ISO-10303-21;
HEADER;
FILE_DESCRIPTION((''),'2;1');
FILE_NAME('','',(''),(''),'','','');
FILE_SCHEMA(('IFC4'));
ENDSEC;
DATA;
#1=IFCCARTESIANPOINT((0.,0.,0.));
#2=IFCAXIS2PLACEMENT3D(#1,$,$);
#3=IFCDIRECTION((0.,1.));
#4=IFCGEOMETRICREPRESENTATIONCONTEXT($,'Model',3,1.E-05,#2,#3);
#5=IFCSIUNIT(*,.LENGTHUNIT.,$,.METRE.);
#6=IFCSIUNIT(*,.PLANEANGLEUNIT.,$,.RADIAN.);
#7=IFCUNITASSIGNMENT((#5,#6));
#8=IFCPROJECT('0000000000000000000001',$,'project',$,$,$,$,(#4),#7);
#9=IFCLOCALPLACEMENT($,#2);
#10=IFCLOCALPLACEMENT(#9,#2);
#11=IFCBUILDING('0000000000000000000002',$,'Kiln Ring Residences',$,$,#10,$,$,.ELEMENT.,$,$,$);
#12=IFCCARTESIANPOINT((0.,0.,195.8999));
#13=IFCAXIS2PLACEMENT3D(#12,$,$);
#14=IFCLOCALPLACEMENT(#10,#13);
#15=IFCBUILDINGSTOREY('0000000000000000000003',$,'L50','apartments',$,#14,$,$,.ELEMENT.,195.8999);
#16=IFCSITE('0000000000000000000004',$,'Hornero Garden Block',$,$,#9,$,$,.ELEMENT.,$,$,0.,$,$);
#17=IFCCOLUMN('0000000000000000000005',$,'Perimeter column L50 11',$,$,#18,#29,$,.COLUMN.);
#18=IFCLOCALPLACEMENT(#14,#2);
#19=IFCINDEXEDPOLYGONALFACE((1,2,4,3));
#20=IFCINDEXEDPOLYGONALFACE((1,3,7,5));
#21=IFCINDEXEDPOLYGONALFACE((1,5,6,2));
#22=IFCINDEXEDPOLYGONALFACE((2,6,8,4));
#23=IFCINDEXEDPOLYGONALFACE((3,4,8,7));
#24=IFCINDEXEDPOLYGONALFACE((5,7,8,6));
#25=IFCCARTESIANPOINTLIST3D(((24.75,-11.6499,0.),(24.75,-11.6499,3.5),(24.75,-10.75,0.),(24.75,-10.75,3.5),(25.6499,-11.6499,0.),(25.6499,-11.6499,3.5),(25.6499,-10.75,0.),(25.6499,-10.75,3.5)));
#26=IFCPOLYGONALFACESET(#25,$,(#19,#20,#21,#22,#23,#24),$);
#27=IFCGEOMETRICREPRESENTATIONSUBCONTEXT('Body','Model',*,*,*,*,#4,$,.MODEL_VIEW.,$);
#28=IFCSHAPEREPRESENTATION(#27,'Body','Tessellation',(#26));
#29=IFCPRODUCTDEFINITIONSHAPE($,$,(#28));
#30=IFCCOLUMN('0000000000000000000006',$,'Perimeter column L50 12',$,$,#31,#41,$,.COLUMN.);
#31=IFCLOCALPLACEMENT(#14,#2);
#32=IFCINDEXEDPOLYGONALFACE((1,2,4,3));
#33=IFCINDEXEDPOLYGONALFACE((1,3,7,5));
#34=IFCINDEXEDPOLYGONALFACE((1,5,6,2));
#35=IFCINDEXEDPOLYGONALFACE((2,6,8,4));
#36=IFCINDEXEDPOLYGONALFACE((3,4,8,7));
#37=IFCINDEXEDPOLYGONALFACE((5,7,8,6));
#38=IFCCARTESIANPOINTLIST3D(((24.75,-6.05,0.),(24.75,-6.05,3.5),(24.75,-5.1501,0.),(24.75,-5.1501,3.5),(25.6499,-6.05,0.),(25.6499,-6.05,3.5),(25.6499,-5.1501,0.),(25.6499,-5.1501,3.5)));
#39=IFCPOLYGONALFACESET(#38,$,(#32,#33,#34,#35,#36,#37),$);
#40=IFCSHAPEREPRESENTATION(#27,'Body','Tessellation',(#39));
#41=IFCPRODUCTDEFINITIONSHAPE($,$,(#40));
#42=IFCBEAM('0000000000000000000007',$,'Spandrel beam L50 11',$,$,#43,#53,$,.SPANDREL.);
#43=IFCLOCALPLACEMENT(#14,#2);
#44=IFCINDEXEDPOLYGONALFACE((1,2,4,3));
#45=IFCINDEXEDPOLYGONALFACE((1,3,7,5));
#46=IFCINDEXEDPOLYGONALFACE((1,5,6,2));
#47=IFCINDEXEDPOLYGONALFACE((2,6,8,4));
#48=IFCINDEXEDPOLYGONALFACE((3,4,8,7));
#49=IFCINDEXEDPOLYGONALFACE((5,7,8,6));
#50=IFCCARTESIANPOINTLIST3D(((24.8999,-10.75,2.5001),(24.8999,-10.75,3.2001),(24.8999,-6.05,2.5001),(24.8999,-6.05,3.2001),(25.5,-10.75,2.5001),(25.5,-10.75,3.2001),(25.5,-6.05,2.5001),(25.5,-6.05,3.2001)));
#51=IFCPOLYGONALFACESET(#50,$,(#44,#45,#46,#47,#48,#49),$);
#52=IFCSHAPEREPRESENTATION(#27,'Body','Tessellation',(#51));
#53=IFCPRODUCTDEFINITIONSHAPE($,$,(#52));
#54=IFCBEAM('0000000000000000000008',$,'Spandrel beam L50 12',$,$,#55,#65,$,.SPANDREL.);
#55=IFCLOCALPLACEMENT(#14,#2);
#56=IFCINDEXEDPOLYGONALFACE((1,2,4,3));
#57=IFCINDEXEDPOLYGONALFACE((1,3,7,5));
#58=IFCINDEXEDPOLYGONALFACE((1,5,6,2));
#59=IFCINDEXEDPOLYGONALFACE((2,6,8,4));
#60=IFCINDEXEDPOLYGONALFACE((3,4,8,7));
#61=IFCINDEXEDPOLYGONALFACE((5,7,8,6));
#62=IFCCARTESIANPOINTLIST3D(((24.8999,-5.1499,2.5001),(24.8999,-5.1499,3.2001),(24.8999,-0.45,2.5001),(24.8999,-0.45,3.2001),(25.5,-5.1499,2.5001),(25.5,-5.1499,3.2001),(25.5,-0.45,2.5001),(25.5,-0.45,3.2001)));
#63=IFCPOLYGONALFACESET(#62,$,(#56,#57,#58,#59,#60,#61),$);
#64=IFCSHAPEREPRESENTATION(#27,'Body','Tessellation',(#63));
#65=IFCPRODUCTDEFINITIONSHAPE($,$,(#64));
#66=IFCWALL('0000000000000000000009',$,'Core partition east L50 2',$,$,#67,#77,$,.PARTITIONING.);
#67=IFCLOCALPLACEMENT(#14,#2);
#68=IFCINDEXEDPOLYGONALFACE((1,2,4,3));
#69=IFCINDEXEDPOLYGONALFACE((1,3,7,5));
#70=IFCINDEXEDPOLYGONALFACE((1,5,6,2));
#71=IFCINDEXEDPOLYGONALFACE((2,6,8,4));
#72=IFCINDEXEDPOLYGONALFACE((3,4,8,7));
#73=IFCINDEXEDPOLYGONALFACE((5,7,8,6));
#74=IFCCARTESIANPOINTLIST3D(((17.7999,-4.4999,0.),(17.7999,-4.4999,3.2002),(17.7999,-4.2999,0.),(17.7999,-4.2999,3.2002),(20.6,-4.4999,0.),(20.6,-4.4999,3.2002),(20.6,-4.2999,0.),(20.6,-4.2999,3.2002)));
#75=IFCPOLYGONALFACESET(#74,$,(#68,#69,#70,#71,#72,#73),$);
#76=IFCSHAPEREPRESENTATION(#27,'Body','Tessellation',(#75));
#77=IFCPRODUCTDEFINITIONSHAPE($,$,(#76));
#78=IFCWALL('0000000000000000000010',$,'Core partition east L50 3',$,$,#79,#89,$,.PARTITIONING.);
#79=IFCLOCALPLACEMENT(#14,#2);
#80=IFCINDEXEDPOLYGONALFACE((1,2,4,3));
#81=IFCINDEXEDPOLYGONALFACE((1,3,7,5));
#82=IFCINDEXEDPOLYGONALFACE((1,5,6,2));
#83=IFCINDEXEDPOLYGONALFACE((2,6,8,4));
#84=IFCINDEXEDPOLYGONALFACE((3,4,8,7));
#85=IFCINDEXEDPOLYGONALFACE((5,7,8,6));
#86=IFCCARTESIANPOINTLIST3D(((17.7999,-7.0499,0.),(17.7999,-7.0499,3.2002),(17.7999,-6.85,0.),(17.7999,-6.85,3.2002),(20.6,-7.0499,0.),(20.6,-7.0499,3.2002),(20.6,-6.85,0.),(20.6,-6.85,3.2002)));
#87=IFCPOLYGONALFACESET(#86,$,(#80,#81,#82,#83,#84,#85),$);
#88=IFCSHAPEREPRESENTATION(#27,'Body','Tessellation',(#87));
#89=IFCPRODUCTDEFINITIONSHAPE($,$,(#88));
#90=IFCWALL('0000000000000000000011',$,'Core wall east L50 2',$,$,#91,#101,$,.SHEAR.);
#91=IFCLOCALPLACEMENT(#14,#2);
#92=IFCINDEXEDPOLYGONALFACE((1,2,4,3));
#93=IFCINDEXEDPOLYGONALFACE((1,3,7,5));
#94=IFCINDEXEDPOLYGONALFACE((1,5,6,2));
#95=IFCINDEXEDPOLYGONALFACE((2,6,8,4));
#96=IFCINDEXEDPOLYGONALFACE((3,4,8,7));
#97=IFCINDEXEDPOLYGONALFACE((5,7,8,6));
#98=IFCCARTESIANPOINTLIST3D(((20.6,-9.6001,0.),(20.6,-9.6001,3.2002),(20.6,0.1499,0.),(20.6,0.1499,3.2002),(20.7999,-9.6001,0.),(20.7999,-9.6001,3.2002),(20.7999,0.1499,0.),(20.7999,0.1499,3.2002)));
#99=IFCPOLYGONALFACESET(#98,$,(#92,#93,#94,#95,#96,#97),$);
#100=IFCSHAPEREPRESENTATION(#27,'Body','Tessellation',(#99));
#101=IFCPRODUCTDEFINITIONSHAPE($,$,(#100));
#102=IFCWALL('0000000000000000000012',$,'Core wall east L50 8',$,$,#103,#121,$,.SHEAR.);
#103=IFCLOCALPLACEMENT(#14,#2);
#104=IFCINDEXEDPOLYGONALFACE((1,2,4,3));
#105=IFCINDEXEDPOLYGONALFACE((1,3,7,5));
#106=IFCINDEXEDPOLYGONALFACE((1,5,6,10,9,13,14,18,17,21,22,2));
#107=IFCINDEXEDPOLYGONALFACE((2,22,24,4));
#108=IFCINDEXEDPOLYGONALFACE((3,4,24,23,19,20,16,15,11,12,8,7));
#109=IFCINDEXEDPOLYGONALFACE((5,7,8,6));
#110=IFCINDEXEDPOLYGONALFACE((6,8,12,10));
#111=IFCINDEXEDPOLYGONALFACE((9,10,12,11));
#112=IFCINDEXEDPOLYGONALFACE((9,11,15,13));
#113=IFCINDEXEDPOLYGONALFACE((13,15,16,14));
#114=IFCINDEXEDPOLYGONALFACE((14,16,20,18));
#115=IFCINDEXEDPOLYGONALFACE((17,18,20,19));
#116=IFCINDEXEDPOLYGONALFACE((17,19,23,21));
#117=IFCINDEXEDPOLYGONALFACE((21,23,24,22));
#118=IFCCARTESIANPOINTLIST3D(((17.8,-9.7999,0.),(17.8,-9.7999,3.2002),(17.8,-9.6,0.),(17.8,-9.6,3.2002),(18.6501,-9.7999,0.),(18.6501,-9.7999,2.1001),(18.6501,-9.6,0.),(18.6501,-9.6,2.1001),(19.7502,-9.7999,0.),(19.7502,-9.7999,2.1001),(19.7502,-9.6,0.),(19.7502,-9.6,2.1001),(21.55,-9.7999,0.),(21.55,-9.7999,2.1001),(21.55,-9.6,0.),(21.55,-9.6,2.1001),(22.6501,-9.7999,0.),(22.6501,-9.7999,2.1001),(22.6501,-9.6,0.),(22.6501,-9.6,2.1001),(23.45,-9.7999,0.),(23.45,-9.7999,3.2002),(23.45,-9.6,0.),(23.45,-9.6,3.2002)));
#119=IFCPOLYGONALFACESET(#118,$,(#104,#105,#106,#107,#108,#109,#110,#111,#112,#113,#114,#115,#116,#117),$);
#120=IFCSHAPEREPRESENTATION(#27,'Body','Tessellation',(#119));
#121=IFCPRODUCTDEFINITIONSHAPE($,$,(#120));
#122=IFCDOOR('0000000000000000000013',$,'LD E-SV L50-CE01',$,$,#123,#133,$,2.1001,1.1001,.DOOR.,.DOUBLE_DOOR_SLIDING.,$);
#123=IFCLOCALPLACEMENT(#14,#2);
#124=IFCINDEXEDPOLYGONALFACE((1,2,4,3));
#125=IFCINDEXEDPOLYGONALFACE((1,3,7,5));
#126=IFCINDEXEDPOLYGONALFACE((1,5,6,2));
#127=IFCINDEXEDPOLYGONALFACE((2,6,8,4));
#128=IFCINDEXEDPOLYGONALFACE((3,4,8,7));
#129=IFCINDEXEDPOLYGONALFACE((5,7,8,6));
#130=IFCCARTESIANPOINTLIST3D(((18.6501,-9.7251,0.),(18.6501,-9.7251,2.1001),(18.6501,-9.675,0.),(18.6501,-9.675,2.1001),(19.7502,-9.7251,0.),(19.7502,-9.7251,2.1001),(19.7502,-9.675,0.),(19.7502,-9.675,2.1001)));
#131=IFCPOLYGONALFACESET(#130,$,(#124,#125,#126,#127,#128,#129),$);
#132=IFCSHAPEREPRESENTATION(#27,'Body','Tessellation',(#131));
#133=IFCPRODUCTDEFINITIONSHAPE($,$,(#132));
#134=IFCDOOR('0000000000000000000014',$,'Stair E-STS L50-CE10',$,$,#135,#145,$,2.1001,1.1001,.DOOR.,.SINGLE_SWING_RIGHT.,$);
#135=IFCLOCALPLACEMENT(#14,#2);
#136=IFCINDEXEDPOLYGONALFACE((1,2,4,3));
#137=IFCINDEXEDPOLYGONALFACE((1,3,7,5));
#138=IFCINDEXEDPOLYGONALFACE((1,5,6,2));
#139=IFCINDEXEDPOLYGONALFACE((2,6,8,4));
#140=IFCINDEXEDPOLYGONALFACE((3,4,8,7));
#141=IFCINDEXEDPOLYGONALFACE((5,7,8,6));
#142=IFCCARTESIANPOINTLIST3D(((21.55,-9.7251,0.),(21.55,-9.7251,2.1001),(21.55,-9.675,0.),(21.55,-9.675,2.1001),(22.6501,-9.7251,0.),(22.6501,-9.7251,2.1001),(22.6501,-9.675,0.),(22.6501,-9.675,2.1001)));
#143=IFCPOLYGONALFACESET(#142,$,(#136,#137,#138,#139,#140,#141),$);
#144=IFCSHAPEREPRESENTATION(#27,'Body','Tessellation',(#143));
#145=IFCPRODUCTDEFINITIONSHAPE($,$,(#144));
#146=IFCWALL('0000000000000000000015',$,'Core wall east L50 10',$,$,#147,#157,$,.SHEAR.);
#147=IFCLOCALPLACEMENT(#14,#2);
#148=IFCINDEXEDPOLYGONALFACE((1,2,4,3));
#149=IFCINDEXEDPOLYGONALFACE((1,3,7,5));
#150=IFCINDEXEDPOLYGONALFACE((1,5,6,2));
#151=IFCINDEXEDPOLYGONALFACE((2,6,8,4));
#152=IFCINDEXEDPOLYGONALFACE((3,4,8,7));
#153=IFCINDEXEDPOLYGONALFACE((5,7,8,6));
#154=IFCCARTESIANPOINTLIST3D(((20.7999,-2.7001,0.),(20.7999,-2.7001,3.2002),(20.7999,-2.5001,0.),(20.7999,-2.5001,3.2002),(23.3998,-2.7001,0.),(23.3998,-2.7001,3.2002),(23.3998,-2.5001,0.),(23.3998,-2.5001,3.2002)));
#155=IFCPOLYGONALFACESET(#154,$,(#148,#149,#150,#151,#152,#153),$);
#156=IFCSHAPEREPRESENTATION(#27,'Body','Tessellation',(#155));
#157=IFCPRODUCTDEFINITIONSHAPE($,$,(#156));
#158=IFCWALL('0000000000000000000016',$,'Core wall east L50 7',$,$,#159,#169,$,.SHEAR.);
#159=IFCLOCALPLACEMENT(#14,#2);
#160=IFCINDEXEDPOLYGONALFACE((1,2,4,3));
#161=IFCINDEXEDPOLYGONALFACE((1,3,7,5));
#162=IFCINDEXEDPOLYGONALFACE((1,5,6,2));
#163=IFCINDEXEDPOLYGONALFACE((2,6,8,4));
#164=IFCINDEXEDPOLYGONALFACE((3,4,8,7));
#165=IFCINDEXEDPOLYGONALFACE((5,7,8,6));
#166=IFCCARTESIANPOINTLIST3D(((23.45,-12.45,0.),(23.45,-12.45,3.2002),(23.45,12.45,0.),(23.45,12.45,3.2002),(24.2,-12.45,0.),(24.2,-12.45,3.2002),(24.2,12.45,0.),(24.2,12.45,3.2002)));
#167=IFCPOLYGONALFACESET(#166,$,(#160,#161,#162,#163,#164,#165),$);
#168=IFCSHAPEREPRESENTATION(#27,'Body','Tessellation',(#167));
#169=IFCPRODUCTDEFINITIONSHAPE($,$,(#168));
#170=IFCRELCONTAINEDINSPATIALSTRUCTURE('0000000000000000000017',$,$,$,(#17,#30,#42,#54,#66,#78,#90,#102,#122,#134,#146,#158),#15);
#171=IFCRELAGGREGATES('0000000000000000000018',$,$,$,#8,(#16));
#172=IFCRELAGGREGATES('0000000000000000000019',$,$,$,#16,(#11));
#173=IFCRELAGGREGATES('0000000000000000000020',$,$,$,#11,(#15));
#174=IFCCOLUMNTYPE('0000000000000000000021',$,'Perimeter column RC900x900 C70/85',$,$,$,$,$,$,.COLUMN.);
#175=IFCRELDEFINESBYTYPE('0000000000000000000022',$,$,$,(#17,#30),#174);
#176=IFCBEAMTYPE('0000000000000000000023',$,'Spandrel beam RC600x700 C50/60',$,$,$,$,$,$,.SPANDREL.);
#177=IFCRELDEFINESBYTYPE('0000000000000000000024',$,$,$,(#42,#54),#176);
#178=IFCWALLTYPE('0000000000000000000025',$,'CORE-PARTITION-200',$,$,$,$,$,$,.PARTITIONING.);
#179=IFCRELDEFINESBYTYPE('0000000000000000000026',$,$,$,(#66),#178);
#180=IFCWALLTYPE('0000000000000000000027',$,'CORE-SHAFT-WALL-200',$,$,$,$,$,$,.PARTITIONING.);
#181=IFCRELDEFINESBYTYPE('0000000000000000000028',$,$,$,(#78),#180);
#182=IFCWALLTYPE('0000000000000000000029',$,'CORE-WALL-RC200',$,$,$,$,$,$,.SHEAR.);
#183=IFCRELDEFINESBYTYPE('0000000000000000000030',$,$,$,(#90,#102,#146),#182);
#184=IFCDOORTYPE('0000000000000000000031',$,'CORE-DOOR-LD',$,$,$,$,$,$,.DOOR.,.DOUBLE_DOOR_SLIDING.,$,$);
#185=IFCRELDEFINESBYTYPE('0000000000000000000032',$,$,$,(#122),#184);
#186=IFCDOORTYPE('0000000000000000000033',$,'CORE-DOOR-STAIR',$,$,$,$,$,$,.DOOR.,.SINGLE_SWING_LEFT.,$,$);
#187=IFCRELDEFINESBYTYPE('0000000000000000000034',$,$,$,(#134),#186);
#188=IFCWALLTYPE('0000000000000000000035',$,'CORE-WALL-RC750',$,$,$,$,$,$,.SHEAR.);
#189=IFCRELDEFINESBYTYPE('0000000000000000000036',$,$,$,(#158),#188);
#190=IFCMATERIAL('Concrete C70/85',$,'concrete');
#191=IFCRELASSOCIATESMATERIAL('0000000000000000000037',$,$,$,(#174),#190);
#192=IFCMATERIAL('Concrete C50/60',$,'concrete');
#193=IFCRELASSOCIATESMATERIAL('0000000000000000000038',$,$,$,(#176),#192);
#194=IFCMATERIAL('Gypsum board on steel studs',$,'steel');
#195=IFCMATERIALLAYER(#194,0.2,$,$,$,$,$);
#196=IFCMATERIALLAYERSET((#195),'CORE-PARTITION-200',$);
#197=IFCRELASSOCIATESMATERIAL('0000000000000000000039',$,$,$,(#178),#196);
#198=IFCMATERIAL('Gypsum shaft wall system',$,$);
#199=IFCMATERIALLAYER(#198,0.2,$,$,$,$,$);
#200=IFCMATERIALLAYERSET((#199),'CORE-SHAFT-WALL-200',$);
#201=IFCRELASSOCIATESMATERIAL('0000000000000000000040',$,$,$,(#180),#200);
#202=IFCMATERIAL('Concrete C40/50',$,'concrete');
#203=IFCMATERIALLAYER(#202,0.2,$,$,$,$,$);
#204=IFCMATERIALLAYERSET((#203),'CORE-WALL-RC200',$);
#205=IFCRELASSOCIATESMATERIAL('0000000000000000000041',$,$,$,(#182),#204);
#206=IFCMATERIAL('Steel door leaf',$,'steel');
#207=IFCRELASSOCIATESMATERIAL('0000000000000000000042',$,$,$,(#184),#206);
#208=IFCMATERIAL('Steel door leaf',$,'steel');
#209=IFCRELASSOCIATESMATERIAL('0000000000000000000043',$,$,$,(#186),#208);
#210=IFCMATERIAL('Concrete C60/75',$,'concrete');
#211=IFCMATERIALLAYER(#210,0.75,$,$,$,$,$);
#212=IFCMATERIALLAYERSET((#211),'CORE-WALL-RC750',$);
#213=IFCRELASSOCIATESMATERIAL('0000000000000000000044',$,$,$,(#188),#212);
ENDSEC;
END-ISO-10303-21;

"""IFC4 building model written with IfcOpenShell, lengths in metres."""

from ifc_helpers import new_model, si_unit, direction, frame, frame_2d, origin, origin_2d, place, context, subcontext, project, spatial, rectangle, extrude, material, layer, layer_set, material_profile, profile_set, type_object, element, fill, save


model = new_model("IFC4")

# Units and contexts
model_context = context("Model", 3, precision=1e-05, world=origin(), true_north=direction((0.0, 1.0)))
body_context = subcontext(model_context, "Body", "Model", "MODEL_VIEW")
ifc_project = project(units=[si_unit("LENGTHUNIT", "METRE"), si_unit("PLANEANGLEUNIT", "RADIAN")], contexts=[model_context])

# Site, building, storey
site_placement = place(None, origin())
site = spatial("IfcSite", under=ifc_project, at=site_placement, Name="Hornero Garden Block", CompositionType="ELEMENT", RefElevation=0.0)
building_placement = place(site_placement, origin())
building = spatial("IfcBuilding", under=site, at=building_placement, Name="Kiln Ring Residences", CompositionType="ELEMENT")
storey_placement = place(building_placement, frame((0.0, 0.0, 195.8999)))
storey = spatial("IfcBuildingStorey", under=building, at=storey_placement, Name="L50", Description="apartments", CompositionType="ELEMENT", Elevation=195.8999)

# Columns
ifc_material_1 = material(Name="Concrete C70/85", Category="concrete")
ifc_material_profile_1 = material_profile(ifc_material_1, rectangle(XDim=0.8999, YDim=0.8999, at=origin_2d()), Name="RC900x900")
ifc_profile_set_1 = profile_set([ifc_material_profile_1], Name="Concrete C70/85")
column_type = type_object("IfcColumnType", Name="Perimeter column RC900x900 C70/85", PredefinedType="COLUMN", material=ifc_profile_set_1)
for number, where, z_axis, x_axis, name in (
    (1, (25.2, -11.2, 0.0), (0.0, 0.0, 1.0), (1.0, 0.0, 0.0), "Perimeter column L50 11"),
    (2, (25.2, -5.6001, 0.0), (0.0, 0.0, 1.0), (1.0, 0.0, 0.0), "Perimeter column L50 12"),
):
    element("IfcColumn", number, at=place(storey_placement, frame(where, z_axis=z_axis, x_axis=x_axis)), inside=storey, type_object=column_type, Name=name, PredefinedType="COLUMN", context=body_context, shape_type="SweptSolid", body=[
        extrude(rectangle(XDim=0.8999, YDim=0.8999, at=origin_2d()), origin(), (0.0, 0.0, 1.0), 3.5),
    ])

# Beams
ifc_material_2 = material(Name="Concrete C50/60", Category="concrete")
ifc_material_profile_2 = material_profile(ifc_material_2, rectangle(XDim=0.6001, YDim=0.7, at=origin_2d()), Name="RC600x700")
ifc_profile_set_2 = profile_set([ifc_material_profile_2], Name="Concrete C50/60")
beam_type = type_object("IfcBeamType", Name="Spandrel beam RC600x700 C50/60", PredefinedType="SPANDREL", material=ifc_profile_set_2)
for number, where, z_axis, x_axis, name in (
    (3, (25.2, -10.75, 2.8501), (0.0, 1.0, 0.0), (-1.0, 0.0, 0.0), "Spandrel beam L50 11"),
    (4, (25.2, -5.1499, 2.8501), (0.0, 1.0, 0.0), (-1.0, 0.0, 0.0), "Spandrel beam L50 12"),
):
    element("IfcBeam", number, at=place(storey_placement, frame(where, z_axis=z_axis, x_axis=x_axis)), inside=storey, type_object=beam_type, Name=name, PredefinedType="SPANDREL", context=body_context, shape_type="SweptSolid", body=[
        extrude(rectangle(XDim=0.6001, YDim=0.7, at=origin_2d()), origin(), (0.0, 0.0, 1.0), 4.7),
    ])

# Walls
ifc_material_3 = material(Name="Gypsum board on steel studs", Category="steel")
ifc_layer_1 = layer(ifc_material_3, 0.2)
ifc_layer_set_1 = layer_set([ifc_layer_1], Name="CORE-PARTITION-200")
wall_type_1 = type_object("IfcWallType", Name="CORE-PARTITION-200", PredefinedType="PARTITIONING", material=ifc_layer_set_1)
wall_1_placement = place(storey_placement, frame((17.8, -4.3999, 0.0), z_axis=(0.0, 0.0, 1.0), x_axis=(1.0, 0.0, 0.0)))
element("IfcWall", 5, at=wall_1_placement, inside=storey, type_object=wall_type_1, Name="Core partition east L50 2", PredefinedType="PARTITIONING", context=body_context, shape_type="SweptSolid", body=[
    extrude(rectangle(XDim=2.8, YDim=0.2, at=frame_2d((1.3999, 0.0))), origin(), (0.0, 0.0, 1.0), 3.2002),
])
ifc_material_4 = material(Name="Gypsum shaft wall system")
ifc_layer_2 = layer(ifc_material_4, 0.2)
ifc_layer_set_2 = layer_set([ifc_layer_2], Name="CORE-SHAFT-WALL-200")
wall_type_2 = type_object("IfcWallType", Name="CORE-SHAFT-WALL-200", PredefinedType="PARTITIONING", material=ifc_layer_set_2)
wall_2_placement = place(storey_placement, frame((17.8, -6.95, 0.0), z_axis=(0.0, 0.0, 1.0), x_axis=(1.0, 0.0, 0.0)))
element("IfcWall", 6, at=wall_2_placement, inside=storey, type_object=wall_type_2, Name="Core partition east L50 3", PredefinedType="PARTITIONING", context=body_context, shape_type="SweptSolid", body=[
    extrude(rectangle(XDim=2.8, YDim=0.2, at=frame_2d((1.3999, 0.0))), origin(), (0.0, 0.0, 1.0), 3.2002),
])
ifc_material_5 = material(Name="Concrete C40/50", Category="concrete")
ifc_layer_3 = layer(ifc_material_5, 0.2)
ifc_layer_set_3 = layer_set([ifc_layer_3], Name="CORE-WALL-RC200")
wall_type_3 = type_object("IfcWallType", Name="CORE-WALL-RC200", PredefinedType="SHEAR", material=ifc_layer_set_3)
wall_3_placement = place(storey_placement, frame((20.7, -9.6001, 0.0), z_axis=(0.0, 0.0, 1.0), x_axis=(0.0, 1.0, 0.0)))
element("IfcWall", 7, at=wall_3_placement, inside=storey, type_object=wall_type_3, Name="Core wall east L50 2", PredefinedType="SHEAR", context=body_context, shape_type="SweptSolid", body=[
    extrude(rectangle(XDim=9.75, YDim=0.2, at=frame_2d((4.875, 0.0))), origin(), (0.0, 0.0, 1.0), 3.2002),
])

# Wall, openings, doors
wall_4_placement = place(storey_placement, frame((17.8, -9.7, 0.0), z_axis=(0.0, 0.0, 1.0), x_axis=(1.0, 0.0, 0.0)))
wall_4 = element("IfcWall", 8, at=wall_4_placement, inside=storey, type_object=wall_type_3, Name="Core wall east L50 8", PredefinedType="SHEAR", context=body_context, shape_type="SweptSolid", body=[
    extrude(rectangle(XDim=5.6499, YDim=0.2, at=frame_2d((2.825, 0.0))), origin(), (0.0, 0.0, 1.0), 3.2002),
])
opening_1_placement = place(wall_4_placement, frame((0.8501, 0.0, 0.0)))
opening_1 = element("IfcOpeningElement", 9, at=opening_1_placement, cuts=wall_4, PredefinedType="OPENING", context=body_context, shape_type="SweptSolid", body=[
    extrude(rectangle(XDim=1.1001, YDim=2.1001, at=frame_2d((0.55, 1.05))), frame((0.0, 0.1099, 0.0), z_axis=(0.0, -1.0, 0.0), x_axis=(1.0, 0.0, 0.0)), (0.0, 0.0, 1.0), 0.22),
])
opening_2_placement = place(wall_4_placement, frame((3.75, 0.0, 0.0)))
opening_2 = element("IfcOpeningElement", 10, at=opening_2_placement, cuts=wall_4, PredefinedType="OPENING", context=body_context, shape_type="SweptSolid", body=[
    extrude(rectangle(XDim=1.1001, YDim=2.1001, at=frame_2d((0.55, 1.05))), frame((0.0, 0.1099, 0.0), z_axis=(0.0, -1.0, 0.0), x_axis=(1.0, 0.0, 0.0)), (0.0, 0.0, 1.0), 0.22),
])
ifc_material_6 = material(Name="Steel door leaf", Category="steel")
door_type_1 = type_object("IfcDoorType", Name="CORE-DOOR-LD", OperationType="DOUBLE_DOOR_SLIDING", PredefinedType="DOOR", material=ifc_material_6)
door_1_placement = place(opening_1_placement, origin())
door_1 = element("IfcDoor", 11, at=door_1_placement, inside=storey, type_object=door_type_1, Name="LD E-SV L50-CE01", OperationType="DOUBLE_DOOR_SLIDING", OverallHeight=2.1001, OverallWidth=1.1001, PredefinedType="DOOR", context=body_context, shape_type="SweptSolid", body=[
    extrude(rectangle(XDim=1.1001, YDim=2.1001, at=frame_2d((0.55, 1.05))), frame((0.0, 0.0249, 0.0), z_axis=(0.0, -1.0, 0.0), x_axis=(1.0, 0.0, 0.0)), (0.0, 0.0, 1.0), 0.05),
])
fill(opening_1, door_1)
ifc_material_7 = material(Name="Steel door leaf", Category="steel")
door_type_2 = type_object("IfcDoorType", Name="CORE-DOOR-STAIR", OperationType="SINGLE_SWING_LEFT", PredefinedType="DOOR", material=ifc_material_7)
door_2_placement = place(opening_2_placement, origin())
door_2 = element("IfcDoor", 12, at=door_2_placement, inside=storey, type_object=door_type_2, Name="Stair E-STS L50-CE10", OperationType="SINGLE_SWING_RIGHT", OverallHeight=2.1001, OverallWidth=1.1001, PredefinedType="DOOR", context=body_context, shape_type="SweptSolid", body=[
    extrude(rectangle(XDim=1.1001, YDim=2.1001, at=frame_2d((0.55, 1.05))), frame((0.0, 0.0249, 0.0), z_axis=(0.0, -1.0, 0.0), x_axis=(1.0, 0.0, 0.0)), (0.0, 0.0, 1.0), 0.05),
])
fill(opening_2, door_2)

# Walls
wall_5_placement = place(storey_placement, frame((20.8, -2.6001, 0.0), z_axis=(0.0, 0.0, 1.0), x_axis=(1.0, 0.0, 0.0)))
element("IfcWall", 13, at=wall_5_placement, inside=storey, type_object=wall_type_3, Name="Core wall east L50 10", PredefinedType="SHEAR", context=body_context, shape_type="SweptSolid", body=[
    extrude(rectangle(XDim=2.5999, YDim=0.2, at=frame_2d((1.2998, 0.0))), origin(), (0.0, 0.0, 1.0), 3.2002),
])
ifc_material_8 = material(Name="Concrete C60/75", Category="concrete")
ifc_layer_4 = layer(ifc_material_8, 0.75)
ifc_layer_set_4 = layer_set([ifc_layer_4], Name="CORE-WALL-RC750")
wall_type_4 = type_object("IfcWallType", Name="CORE-WALL-RC750", PredefinedType="SHEAR", material=ifc_layer_set_4)
wall_6_placement = place(storey_placement, frame((23.825, -12.45, 0.0), z_axis=(0.0, 0.0, 1.0), x_axis=(0.0, 1.0, 0.0)))
element("IfcWall", 14, at=wall_6_placement, inside=storey, type_object=wall_type_4, Name="Core wall east L50 7", PredefinedType="SHEAR", context=body_context, shape_type="SweptSolid", body=[
    extrude(rectangle(XDim=24.8999, YDim=0.75, at=frame_2d((12.45, 0.0))), origin(), (0.0, 0.0, 1.0), 3.2002),
])

save(model, "model.ifc")
